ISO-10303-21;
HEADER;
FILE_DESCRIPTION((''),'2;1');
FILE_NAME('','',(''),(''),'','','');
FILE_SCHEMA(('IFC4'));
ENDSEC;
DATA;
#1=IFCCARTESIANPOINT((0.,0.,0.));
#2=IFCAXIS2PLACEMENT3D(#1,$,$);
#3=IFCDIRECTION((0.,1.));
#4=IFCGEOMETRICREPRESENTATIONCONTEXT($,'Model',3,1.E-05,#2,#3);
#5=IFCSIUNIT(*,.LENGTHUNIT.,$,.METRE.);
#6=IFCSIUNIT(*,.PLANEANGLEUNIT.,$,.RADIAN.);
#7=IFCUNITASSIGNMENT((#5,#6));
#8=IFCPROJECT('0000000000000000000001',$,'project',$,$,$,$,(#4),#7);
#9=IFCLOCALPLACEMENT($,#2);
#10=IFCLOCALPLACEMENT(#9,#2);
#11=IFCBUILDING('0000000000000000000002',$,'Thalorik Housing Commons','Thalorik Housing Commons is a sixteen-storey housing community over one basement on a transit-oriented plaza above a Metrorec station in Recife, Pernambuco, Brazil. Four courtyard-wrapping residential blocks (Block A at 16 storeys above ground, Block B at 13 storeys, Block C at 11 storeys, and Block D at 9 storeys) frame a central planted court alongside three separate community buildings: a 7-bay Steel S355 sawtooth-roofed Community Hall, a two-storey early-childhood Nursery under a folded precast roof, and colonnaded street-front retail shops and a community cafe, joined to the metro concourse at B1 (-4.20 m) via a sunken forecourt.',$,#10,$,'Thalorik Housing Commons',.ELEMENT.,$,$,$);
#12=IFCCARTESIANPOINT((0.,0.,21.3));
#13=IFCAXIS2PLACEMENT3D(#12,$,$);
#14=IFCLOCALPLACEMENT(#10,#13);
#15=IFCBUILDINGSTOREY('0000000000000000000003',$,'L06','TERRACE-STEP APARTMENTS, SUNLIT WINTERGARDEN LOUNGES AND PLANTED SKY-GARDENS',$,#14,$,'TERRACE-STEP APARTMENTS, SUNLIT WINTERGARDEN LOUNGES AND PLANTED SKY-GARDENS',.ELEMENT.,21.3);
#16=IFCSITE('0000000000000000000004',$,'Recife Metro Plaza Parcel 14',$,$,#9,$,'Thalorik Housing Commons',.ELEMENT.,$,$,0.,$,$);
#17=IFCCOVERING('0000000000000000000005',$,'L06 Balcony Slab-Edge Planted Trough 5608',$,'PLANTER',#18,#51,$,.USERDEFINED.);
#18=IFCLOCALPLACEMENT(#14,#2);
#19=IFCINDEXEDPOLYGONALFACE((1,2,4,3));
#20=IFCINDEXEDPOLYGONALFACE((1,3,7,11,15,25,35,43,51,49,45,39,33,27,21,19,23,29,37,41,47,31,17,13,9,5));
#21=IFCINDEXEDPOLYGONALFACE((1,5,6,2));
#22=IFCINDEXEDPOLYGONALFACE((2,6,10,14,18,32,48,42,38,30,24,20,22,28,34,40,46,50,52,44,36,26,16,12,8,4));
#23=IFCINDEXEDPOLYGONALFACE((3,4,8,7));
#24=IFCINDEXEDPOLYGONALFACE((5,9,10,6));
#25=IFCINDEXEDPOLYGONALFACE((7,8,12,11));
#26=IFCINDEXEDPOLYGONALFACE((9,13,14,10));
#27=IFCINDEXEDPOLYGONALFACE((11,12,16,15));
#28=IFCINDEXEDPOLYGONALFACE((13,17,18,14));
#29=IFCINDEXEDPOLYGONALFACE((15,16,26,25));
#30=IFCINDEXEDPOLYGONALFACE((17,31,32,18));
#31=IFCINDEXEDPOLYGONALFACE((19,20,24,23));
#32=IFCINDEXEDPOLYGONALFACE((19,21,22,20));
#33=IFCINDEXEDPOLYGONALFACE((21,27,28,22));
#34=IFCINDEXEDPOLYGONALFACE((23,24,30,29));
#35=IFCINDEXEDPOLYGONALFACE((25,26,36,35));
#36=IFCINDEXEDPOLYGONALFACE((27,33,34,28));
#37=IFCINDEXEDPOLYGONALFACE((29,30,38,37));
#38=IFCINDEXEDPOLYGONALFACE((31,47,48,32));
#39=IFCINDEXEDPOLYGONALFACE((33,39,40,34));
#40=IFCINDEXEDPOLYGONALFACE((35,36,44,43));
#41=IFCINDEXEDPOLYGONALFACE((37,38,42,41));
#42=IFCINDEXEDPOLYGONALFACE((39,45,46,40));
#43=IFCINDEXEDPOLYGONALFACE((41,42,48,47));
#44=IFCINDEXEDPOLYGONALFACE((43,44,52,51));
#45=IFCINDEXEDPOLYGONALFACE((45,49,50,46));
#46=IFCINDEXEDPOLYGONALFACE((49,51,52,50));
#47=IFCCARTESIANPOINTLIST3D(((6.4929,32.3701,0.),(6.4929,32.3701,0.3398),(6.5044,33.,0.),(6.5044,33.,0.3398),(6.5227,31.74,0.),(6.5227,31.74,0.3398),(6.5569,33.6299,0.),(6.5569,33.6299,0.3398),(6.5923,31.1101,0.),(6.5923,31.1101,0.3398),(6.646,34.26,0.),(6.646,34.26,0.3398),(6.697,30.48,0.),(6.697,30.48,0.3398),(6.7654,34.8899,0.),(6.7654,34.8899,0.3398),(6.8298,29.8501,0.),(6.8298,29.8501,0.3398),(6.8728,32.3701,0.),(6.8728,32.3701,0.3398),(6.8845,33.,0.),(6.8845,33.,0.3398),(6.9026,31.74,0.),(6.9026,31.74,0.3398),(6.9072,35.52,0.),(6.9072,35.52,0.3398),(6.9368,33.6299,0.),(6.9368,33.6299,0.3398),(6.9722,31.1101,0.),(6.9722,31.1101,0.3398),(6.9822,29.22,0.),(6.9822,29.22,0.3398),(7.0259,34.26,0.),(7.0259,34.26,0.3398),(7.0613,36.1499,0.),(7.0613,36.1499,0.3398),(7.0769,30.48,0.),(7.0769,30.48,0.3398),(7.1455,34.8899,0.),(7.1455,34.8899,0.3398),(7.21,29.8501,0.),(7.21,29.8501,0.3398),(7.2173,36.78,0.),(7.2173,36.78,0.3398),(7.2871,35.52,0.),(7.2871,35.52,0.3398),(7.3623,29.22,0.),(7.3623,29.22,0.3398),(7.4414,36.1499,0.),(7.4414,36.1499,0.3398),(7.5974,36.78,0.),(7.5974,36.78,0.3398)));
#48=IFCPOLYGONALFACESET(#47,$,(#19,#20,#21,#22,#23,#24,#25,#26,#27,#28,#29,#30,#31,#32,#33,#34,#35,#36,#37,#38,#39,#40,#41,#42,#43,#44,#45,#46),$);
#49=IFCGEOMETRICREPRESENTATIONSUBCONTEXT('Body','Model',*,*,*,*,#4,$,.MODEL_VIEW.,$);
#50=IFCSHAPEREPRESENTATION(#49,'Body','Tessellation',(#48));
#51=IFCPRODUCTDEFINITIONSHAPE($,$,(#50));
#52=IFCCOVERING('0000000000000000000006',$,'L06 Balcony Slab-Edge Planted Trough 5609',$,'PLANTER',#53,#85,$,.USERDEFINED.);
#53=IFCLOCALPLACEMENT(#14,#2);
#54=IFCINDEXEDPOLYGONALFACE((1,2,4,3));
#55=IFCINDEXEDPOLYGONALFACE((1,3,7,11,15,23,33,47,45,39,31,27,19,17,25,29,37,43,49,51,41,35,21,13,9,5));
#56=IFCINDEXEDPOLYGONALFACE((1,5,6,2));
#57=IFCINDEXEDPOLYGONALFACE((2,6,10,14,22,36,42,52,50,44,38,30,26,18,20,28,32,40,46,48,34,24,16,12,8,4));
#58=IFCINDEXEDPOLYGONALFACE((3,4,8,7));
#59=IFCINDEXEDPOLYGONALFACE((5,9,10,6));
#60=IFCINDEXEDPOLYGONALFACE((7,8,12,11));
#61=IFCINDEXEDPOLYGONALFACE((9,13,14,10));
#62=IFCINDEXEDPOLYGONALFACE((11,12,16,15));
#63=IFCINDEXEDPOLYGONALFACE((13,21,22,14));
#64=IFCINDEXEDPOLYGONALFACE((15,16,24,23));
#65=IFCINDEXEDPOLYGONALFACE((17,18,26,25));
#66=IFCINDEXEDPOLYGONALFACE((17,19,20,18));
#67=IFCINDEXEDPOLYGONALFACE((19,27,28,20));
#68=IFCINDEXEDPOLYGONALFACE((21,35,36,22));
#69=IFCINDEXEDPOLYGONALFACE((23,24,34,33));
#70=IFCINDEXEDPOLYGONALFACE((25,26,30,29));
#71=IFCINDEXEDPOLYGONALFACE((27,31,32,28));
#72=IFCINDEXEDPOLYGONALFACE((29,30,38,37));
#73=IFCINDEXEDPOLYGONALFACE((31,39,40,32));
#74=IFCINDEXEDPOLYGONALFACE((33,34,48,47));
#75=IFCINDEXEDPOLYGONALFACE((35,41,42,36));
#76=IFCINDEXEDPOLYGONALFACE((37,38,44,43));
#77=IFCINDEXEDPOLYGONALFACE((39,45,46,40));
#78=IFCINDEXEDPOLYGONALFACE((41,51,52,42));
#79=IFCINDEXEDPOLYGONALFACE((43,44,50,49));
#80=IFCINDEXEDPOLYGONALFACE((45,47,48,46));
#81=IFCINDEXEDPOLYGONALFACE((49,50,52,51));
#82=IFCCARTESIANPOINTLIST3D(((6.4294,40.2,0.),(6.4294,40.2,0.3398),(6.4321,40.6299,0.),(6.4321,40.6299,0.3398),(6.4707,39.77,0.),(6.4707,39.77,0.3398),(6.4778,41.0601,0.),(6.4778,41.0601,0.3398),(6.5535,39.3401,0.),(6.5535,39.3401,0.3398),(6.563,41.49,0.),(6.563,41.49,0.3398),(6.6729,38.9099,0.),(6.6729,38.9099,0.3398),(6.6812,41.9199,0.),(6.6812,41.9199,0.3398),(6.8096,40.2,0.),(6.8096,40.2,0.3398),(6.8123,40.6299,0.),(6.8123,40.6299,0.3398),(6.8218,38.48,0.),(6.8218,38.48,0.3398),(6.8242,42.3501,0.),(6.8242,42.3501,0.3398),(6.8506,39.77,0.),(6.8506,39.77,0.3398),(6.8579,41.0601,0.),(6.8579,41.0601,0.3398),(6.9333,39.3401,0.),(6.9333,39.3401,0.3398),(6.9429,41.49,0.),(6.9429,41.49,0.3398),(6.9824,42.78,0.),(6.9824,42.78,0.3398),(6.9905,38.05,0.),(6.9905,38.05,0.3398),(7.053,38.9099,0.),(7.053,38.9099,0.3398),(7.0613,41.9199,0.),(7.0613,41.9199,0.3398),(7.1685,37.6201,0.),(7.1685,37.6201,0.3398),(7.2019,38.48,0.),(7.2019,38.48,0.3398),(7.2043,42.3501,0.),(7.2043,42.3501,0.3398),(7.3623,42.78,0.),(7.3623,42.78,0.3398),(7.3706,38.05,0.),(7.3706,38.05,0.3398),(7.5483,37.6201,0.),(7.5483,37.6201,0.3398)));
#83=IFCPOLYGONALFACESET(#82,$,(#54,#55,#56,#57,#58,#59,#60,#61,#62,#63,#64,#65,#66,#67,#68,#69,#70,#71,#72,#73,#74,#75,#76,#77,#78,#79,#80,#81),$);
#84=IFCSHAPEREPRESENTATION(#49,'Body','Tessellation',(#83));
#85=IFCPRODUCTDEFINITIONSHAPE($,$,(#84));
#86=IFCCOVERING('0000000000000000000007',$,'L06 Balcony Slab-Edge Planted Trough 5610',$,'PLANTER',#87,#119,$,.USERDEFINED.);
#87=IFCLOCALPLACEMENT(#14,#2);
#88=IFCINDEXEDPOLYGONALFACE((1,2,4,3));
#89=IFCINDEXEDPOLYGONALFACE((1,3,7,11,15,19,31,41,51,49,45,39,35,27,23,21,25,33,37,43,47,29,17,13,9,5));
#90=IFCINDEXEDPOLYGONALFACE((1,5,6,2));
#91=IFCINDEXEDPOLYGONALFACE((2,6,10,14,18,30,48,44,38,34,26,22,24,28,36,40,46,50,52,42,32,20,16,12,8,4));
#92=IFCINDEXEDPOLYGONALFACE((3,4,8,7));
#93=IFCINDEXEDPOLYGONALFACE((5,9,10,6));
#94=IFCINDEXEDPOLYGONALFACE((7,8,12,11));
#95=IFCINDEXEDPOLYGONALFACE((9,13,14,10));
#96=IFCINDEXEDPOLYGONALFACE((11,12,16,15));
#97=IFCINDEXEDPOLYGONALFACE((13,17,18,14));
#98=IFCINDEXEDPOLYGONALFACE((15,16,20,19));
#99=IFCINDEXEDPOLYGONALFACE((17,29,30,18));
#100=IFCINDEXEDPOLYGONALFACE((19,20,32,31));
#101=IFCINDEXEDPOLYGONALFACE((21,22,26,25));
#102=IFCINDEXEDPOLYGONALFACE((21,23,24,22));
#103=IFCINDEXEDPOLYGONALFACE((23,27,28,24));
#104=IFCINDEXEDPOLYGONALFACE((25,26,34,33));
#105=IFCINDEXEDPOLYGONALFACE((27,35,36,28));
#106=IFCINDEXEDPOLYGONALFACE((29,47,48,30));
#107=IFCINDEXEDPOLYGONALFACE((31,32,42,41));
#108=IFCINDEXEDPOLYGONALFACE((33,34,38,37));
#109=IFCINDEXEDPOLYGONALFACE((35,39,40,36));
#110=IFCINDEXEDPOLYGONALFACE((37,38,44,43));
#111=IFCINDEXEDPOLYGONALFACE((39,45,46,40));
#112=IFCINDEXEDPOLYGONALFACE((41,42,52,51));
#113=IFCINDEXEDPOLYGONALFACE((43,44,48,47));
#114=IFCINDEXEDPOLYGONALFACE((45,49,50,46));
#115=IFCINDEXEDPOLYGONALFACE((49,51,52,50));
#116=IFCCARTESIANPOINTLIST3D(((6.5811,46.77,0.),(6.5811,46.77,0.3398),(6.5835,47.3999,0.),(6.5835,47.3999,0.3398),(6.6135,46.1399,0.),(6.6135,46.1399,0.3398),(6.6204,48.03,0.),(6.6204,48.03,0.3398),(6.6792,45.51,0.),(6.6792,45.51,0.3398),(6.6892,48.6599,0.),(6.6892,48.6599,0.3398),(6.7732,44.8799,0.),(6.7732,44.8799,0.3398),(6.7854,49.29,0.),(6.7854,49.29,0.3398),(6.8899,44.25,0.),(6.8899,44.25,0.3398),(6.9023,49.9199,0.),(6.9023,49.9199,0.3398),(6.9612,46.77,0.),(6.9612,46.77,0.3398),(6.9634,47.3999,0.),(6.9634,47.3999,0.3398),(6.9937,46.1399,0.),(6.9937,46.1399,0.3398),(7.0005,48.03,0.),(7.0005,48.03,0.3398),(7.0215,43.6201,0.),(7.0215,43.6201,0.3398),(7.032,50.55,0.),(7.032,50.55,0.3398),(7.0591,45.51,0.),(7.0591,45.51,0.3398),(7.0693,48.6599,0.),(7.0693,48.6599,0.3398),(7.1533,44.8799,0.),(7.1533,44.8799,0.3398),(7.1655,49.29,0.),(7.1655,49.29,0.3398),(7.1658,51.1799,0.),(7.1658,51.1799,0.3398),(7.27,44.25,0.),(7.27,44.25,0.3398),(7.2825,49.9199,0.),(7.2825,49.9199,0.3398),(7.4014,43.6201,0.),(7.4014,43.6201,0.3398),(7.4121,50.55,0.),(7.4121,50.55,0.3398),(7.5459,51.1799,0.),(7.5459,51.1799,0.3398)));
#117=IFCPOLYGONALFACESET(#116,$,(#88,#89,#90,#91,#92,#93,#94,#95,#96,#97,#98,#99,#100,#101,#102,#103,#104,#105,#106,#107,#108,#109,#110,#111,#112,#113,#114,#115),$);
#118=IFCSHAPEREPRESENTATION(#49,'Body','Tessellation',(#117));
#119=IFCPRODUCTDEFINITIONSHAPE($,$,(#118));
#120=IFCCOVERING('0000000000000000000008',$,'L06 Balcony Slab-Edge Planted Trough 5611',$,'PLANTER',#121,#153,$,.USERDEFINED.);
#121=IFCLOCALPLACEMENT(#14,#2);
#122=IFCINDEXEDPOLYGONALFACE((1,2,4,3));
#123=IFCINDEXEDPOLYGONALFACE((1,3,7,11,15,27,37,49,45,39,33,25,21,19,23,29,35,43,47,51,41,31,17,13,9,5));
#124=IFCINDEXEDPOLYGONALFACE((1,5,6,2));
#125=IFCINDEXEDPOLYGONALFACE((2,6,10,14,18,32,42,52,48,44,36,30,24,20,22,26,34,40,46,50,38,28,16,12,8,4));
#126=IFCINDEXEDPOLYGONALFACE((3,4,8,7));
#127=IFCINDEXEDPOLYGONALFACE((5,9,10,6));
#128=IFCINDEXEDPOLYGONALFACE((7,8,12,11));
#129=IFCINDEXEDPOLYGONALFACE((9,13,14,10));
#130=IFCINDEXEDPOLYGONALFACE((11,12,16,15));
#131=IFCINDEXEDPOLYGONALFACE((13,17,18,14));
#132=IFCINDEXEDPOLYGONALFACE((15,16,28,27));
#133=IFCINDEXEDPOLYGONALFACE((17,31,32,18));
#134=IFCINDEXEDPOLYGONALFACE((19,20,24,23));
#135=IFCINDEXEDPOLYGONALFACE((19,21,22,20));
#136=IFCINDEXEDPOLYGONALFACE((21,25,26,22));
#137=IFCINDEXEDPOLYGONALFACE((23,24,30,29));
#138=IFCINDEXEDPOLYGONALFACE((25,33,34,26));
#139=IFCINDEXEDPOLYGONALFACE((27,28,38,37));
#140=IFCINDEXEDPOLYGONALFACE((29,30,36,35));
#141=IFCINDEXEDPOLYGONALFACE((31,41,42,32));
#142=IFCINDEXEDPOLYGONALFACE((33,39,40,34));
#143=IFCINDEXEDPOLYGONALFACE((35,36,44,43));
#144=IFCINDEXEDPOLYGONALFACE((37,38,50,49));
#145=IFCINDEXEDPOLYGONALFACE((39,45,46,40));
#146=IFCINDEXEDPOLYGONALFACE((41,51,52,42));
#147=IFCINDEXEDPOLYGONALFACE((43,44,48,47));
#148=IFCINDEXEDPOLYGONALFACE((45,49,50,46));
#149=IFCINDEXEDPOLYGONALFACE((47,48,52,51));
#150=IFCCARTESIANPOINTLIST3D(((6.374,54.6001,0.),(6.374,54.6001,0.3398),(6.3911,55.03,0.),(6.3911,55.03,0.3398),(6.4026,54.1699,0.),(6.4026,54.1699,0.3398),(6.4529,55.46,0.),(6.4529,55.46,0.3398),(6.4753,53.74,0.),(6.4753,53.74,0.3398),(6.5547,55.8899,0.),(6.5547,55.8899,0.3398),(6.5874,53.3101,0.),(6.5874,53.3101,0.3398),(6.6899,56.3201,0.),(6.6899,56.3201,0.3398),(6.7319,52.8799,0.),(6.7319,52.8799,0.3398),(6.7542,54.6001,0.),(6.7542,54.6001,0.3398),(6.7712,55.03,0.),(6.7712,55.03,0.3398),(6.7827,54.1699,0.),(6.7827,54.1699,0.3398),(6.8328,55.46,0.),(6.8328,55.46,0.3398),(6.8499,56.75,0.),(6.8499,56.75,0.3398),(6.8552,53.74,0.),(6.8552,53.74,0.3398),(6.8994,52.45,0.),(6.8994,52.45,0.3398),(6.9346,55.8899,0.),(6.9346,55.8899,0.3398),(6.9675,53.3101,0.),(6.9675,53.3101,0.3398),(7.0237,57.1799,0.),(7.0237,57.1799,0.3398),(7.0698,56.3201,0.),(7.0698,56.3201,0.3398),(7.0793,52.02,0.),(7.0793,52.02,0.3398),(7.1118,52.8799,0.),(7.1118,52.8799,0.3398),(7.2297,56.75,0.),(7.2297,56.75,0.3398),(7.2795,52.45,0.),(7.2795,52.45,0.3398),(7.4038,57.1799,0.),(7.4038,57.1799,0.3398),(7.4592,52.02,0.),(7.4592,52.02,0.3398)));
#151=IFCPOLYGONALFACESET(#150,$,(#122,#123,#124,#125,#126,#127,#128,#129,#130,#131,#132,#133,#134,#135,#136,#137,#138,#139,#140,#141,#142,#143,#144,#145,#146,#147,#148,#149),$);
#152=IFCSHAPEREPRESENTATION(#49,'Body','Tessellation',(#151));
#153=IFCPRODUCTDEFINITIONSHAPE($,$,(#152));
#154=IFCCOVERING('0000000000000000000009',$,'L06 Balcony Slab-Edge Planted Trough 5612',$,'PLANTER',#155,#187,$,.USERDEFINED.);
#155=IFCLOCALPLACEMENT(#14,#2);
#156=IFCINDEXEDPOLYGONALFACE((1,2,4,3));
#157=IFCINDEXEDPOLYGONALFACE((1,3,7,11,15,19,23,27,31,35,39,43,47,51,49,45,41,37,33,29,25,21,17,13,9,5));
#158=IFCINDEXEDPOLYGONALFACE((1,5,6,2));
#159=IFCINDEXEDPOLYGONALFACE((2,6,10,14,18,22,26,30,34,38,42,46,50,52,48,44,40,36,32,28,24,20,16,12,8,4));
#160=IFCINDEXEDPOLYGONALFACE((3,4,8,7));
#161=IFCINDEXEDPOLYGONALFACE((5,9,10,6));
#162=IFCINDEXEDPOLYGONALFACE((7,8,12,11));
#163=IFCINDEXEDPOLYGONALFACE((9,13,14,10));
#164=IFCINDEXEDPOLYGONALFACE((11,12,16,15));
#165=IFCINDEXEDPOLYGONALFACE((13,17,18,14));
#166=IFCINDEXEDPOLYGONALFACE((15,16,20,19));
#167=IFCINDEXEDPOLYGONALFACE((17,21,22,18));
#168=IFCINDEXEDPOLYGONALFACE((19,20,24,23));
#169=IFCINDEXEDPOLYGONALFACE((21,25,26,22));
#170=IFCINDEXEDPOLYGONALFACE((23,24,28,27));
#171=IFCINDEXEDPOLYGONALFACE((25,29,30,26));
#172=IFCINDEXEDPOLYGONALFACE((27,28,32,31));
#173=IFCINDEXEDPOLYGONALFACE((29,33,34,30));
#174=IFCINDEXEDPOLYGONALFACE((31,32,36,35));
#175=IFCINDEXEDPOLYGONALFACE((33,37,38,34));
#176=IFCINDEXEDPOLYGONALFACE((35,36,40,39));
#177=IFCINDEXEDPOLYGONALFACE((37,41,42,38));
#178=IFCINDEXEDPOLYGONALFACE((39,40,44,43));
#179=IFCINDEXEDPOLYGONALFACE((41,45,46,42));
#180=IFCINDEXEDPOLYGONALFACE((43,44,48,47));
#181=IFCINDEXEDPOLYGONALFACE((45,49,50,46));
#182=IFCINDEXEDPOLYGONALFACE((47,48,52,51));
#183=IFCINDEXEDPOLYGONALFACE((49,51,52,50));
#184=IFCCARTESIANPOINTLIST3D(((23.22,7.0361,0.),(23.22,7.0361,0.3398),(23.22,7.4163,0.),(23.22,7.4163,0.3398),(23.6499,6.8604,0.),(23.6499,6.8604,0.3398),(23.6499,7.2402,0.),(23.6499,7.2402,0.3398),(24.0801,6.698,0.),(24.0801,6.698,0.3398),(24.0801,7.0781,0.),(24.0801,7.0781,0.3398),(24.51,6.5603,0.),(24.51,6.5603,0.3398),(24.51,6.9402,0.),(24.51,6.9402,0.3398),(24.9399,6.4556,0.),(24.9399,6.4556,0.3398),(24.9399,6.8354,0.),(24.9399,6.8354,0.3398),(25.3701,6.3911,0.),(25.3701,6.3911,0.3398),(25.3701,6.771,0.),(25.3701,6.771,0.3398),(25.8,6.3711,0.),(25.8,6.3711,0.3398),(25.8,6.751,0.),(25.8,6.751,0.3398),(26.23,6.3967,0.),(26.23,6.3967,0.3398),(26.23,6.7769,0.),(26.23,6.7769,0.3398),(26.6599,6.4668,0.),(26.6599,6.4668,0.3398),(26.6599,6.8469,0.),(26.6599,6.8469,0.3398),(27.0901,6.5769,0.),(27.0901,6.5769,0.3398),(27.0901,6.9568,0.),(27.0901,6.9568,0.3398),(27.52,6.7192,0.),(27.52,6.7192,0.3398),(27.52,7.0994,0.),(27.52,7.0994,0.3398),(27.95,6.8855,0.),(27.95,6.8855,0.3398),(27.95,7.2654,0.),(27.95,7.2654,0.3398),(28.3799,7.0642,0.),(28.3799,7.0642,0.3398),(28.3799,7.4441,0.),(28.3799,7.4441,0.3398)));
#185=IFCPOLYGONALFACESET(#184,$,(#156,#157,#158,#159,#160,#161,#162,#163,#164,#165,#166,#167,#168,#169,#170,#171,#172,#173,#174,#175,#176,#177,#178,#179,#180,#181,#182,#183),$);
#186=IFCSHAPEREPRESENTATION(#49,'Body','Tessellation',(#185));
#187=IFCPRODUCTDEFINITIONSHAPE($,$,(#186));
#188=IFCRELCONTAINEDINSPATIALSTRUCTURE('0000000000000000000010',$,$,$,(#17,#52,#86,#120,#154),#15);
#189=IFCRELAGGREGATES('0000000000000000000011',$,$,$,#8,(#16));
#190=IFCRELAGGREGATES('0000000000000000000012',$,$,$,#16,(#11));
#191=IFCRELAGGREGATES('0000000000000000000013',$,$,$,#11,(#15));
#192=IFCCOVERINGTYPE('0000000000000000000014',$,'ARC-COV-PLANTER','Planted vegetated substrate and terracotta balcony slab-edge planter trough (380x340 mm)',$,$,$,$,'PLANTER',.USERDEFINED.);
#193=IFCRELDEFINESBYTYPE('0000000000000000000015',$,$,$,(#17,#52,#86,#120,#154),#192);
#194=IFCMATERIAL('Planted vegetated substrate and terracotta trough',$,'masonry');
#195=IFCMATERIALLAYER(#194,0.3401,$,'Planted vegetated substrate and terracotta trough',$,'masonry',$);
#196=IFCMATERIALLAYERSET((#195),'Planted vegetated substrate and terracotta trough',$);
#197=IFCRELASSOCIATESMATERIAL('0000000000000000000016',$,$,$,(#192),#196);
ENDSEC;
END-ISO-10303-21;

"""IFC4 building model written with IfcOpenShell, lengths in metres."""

from ifc_helpers import new_model, si_unit, direction, frame, origin, place, context, subcontext, project, spatial, polyline, outline, extrude, material, layer, layer_set, type_object, element, save


model = new_model("IFC4")

# Units and contexts
model_context = context("Model", 3, precision=1e-05, world=origin(), true_north=direction((0.0, 1.0)))
body_context = subcontext(model_context, "Body", "Model", "MODEL_VIEW")
ifc_project = project(units=[si_unit("LENGTHUNIT", "METRE"), si_unit("PLANEANGLEUNIT", "RADIAN")], contexts=[model_context])

# Site, building, storey
site_placement = place(None, origin())
site = spatial("IfcSite", under=ifc_project, at=site_placement, Name="Recife Metro Plaza Parcel 14", LongName="Thalorik Housing Commons", CompositionType="ELEMENT", RefElevation=0.0)
building_placement = place(site_placement, origin())
building = spatial("IfcBuilding", under=site, at=building_placement, Name="Thalorik Housing Commons", Description="Thalorik Housing Commons is a sixteen-storey housing community over one basement on a transit-oriented plaza above a Metrorec station in Recife, Pernambuco, Brazil. Four courtyard-wrapping residential blocks (Block A at 16 storeys above ground, Block B at 13 storeys, Block C at 11 storeys, and Block D at 9 storeys) frame a central planted court alongside three separate community buildings: a 7-bay Steel S355 sawtooth-roofed Community Hall, a two-storey early-childhood Nursery under a folded precast roof, and colonnaded street-front retail shops and a community cafe, joined to the metro concourse at B1 (-4.20 m) via a sunken forecourt.", LongName="Thalorik Housing Commons", CompositionType="ELEMENT")
storey_placement = place(building_placement, frame((0.0, 0.0, 21.3)))
storey = spatial("IfcBuildingStorey", under=building, at=storey_placement, Name="L06", Description="TERRACE-STEP APARTMENTS, SUNLIT WINTERGARDEN LOUNGES AND PLANTED SKY-GARDENS", LongName="TERRACE-STEP APARTMENTS, SUNLIT WINTERGARDEN LOUNGES AND PLANTED SKY-GARDENS", CompositionType="ELEMENT", Elevation=21.3)

# Coverings
ifc_material = material(Name="Planted vegetated substrate and terracotta trough", Category="masonry")
ifc_layer = layer(ifc_material, 0.3401, Name="Planted vegetated substrate and terracotta trough", Category="masonry")
ifc_layer_set = layer_set([ifc_layer], Name="Planted vegetated substrate and terracotta trough")
covering_type = type_object("IfcCoveringType", Name="ARC-COV-PLANTER", Description="Planted vegetated substrate and terracotta balcony slab-edge planter trough (380x340 mm)", ElementType="PLANTER", PredefinedType="USERDEFINED", material=ifc_layer_set)
covering_1_placement = place(storey_placement, origin())
element("IfcCovering", 1, at=covering_1_placement, inside=storey, type_object=covering_type, Name="L06 Balcony Slab-Edge Planted Trough 5608", ObjectType="PLANTER", PredefinedType="USERDEFINED", context=body_context, shape_type="SweptSolid", body=[
    extrude(outline(polyline([(7.2173, 36.78), (7.0613, 36.1499), (6.9072, 35.52), (6.7654, 34.8899), (6.646, 34.26), (6.5569, 33.6299), (6.5044, 33.0), (6.4929, 32.3701), (6.5227, 31.74), (6.5923, 31.1101), (6.697, 30.48), (6.8298, 29.8501), (6.9822, 29.22), (7.3623, 29.22), (7.21, 29.8501), (7.0769, 30.48), (6.9722, 31.1101), (6.9026, 31.74), (6.8728, 32.3701), (6.8845, 33.0), (6.9368, 33.6299), (7.0259, 34.26), (7.1455, 34.8899), (7.2871, 35.52), (7.4414, 36.1499), (7.5974, 36.78), (7.2173, 36.78)])), origin(), (0.0, 0.0, 1.0), 0.3398),
])
covering_2_placement = place(storey_placement, origin())
element("IfcCovering", 2, at=covering_2_placement, inside=storey, type_object=covering_type, Name="L06 Balcony Slab-Edge Planted Trough 5609", ObjectType="PLANTER", PredefinedType="USERDEFINED", context=body_context, shape_type="SweptSolid", body=[
    extrude(outline(polyline([(6.9824, 42.78), (6.8242, 42.3501), (6.6812, 41.9199), (6.563, 41.49), (6.4778, 41.0601), (6.4321, 40.6299), (6.4294, 40.2), (6.4707, 39.77), (6.5535, 39.3401), (6.6729, 38.9099), (6.8218, 38.48), (6.9905, 38.05), (7.1685, 37.6201), (7.5483, 37.6201), (7.3706, 38.05), (7.2019, 38.48), (7.053, 38.9099), (6.9333, 39.3401), (6.8506, 39.77), (6.8096, 40.2), (6.8123, 40.6299), (6.8579, 41.0601), (6.9429, 41.49), (7.0613, 41.9199), (7.2043, 42.3501), (7.3623, 42.78), (6.9824, 42.78)])), origin(), (0.0, 0.0, 1.0), 0.3398),
])
covering_3_placement = place(storey_placement, origin())
element("IfcCovering", 3, at=covering_3_placement, inside=storey, type_object=covering_type, Name="L06 Balcony Slab-Edge Planted Trough 5610", ObjectType="PLANTER", PredefinedType="USERDEFINED", context=body_context, shape_type="SweptSolid", body=[
    extrude(outline(polyline([(7.1658, 51.1799), (7.032, 50.55), (6.9023, 49.9199), (6.7854, 49.29), (6.6892, 48.6599), (6.6204, 48.03), (6.5835, 47.3999), (6.5811, 46.77), (6.6135, 46.1399), (6.6792, 45.51), (6.7732, 44.8799), (6.8899, 44.25), (7.0215, 43.6201), (7.4014, 43.6201), (7.27, 44.25), (7.1533, 44.8799), (7.0591, 45.51), (6.9937, 46.1399), (6.9612, 46.77), (6.9634, 47.3999), (7.0005, 48.03), (7.0693, 48.6599), (7.1655, 49.29), (7.2825, 49.9199), (7.4121, 50.55), (7.5459, 51.1799), (7.1658, 51.1799)])), origin(), (0.0, 0.0, 1.0), 0.3398),
])
covering_4_placement = place(storey_placement, origin())
element("IfcCovering", 4, at=covering_4_placement, inside=storey, type_object=covering_type, Name="L06 Balcony Slab-Edge Planted Trough 5611", ObjectType="PLANTER", PredefinedType="USERDEFINED", context=body_context, shape_type="SweptSolid", body=[
    extrude(outline(polyline([(7.0237, 57.1799), (6.8499, 56.75), (6.6899, 56.3201), (6.5547, 55.8899), (6.4529, 55.46), (6.3911, 55.03), (6.374, 54.6001), (6.4026, 54.1699), (6.4753, 53.74), (6.5874, 53.3101), (6.7319, 52.8799), (6.8994, 52.45), (7.0793, 52.02), (7.4592, 52.02), (7.2795, 52.45), (7.1118, 52.8799), (6.9675, 53.3101), (6.8552, 53.74), (6.7827, 54.1699), (6.7542, 54.6001), (6.7712, 55.03), (6.8328, 55.46), (6.9346, 55.8899), (7.0698, 56.3201), (7.2297, 56.75), (7.4038, 57.1799), (7.0237, 57.1799)])), origin(), (0.0, 0.0, 1.0), 0.3398),
])
covering_5_placement = place(storey_placement, origin())
element("IfcCovering", 5, at=covering_5_placement, inside=storey, type_object=covering_type, Name="L06 Balcony Slab-Edge Planted Trough 5612", ObjectType="PLANTER", PredefinedType="USERDEFINED", context=body_context, shape_type="SweptSolid", body=[
    extrude(outline(polyline([(23.22, 7.0361), (23.6499, 6.8604), (24.0801, 6.698), (24.51, 6.5603), (24.9399, 6.4556), (25.3701, 6.3911), (25.8, 6.3711), (26.23, 6.3967), (26.6599, 6.4668), (27.0901, 6.5769), (27.52, 6.7192), (27.95, 6.8855), (28.3799, 7.0642), (28.3799, 7.4441), (27.95, 7.2654), (27.52, 7.0994), (27.0901, 6.9568), (26.6599, 6.8469), (26.23, 6.7769), (25.8, 6.751), (25.3701, 6.771), (24.9399, 6.8354), (24.51, 6.9402), (24.0801, 7.0781), (23.6499, 7.2402), (23.22, 7.4163), (23.22, 7.0361)])), origin(), (0.0, 0.0, 1.0), 0.3398),
])

save(model, "model.ifc")
